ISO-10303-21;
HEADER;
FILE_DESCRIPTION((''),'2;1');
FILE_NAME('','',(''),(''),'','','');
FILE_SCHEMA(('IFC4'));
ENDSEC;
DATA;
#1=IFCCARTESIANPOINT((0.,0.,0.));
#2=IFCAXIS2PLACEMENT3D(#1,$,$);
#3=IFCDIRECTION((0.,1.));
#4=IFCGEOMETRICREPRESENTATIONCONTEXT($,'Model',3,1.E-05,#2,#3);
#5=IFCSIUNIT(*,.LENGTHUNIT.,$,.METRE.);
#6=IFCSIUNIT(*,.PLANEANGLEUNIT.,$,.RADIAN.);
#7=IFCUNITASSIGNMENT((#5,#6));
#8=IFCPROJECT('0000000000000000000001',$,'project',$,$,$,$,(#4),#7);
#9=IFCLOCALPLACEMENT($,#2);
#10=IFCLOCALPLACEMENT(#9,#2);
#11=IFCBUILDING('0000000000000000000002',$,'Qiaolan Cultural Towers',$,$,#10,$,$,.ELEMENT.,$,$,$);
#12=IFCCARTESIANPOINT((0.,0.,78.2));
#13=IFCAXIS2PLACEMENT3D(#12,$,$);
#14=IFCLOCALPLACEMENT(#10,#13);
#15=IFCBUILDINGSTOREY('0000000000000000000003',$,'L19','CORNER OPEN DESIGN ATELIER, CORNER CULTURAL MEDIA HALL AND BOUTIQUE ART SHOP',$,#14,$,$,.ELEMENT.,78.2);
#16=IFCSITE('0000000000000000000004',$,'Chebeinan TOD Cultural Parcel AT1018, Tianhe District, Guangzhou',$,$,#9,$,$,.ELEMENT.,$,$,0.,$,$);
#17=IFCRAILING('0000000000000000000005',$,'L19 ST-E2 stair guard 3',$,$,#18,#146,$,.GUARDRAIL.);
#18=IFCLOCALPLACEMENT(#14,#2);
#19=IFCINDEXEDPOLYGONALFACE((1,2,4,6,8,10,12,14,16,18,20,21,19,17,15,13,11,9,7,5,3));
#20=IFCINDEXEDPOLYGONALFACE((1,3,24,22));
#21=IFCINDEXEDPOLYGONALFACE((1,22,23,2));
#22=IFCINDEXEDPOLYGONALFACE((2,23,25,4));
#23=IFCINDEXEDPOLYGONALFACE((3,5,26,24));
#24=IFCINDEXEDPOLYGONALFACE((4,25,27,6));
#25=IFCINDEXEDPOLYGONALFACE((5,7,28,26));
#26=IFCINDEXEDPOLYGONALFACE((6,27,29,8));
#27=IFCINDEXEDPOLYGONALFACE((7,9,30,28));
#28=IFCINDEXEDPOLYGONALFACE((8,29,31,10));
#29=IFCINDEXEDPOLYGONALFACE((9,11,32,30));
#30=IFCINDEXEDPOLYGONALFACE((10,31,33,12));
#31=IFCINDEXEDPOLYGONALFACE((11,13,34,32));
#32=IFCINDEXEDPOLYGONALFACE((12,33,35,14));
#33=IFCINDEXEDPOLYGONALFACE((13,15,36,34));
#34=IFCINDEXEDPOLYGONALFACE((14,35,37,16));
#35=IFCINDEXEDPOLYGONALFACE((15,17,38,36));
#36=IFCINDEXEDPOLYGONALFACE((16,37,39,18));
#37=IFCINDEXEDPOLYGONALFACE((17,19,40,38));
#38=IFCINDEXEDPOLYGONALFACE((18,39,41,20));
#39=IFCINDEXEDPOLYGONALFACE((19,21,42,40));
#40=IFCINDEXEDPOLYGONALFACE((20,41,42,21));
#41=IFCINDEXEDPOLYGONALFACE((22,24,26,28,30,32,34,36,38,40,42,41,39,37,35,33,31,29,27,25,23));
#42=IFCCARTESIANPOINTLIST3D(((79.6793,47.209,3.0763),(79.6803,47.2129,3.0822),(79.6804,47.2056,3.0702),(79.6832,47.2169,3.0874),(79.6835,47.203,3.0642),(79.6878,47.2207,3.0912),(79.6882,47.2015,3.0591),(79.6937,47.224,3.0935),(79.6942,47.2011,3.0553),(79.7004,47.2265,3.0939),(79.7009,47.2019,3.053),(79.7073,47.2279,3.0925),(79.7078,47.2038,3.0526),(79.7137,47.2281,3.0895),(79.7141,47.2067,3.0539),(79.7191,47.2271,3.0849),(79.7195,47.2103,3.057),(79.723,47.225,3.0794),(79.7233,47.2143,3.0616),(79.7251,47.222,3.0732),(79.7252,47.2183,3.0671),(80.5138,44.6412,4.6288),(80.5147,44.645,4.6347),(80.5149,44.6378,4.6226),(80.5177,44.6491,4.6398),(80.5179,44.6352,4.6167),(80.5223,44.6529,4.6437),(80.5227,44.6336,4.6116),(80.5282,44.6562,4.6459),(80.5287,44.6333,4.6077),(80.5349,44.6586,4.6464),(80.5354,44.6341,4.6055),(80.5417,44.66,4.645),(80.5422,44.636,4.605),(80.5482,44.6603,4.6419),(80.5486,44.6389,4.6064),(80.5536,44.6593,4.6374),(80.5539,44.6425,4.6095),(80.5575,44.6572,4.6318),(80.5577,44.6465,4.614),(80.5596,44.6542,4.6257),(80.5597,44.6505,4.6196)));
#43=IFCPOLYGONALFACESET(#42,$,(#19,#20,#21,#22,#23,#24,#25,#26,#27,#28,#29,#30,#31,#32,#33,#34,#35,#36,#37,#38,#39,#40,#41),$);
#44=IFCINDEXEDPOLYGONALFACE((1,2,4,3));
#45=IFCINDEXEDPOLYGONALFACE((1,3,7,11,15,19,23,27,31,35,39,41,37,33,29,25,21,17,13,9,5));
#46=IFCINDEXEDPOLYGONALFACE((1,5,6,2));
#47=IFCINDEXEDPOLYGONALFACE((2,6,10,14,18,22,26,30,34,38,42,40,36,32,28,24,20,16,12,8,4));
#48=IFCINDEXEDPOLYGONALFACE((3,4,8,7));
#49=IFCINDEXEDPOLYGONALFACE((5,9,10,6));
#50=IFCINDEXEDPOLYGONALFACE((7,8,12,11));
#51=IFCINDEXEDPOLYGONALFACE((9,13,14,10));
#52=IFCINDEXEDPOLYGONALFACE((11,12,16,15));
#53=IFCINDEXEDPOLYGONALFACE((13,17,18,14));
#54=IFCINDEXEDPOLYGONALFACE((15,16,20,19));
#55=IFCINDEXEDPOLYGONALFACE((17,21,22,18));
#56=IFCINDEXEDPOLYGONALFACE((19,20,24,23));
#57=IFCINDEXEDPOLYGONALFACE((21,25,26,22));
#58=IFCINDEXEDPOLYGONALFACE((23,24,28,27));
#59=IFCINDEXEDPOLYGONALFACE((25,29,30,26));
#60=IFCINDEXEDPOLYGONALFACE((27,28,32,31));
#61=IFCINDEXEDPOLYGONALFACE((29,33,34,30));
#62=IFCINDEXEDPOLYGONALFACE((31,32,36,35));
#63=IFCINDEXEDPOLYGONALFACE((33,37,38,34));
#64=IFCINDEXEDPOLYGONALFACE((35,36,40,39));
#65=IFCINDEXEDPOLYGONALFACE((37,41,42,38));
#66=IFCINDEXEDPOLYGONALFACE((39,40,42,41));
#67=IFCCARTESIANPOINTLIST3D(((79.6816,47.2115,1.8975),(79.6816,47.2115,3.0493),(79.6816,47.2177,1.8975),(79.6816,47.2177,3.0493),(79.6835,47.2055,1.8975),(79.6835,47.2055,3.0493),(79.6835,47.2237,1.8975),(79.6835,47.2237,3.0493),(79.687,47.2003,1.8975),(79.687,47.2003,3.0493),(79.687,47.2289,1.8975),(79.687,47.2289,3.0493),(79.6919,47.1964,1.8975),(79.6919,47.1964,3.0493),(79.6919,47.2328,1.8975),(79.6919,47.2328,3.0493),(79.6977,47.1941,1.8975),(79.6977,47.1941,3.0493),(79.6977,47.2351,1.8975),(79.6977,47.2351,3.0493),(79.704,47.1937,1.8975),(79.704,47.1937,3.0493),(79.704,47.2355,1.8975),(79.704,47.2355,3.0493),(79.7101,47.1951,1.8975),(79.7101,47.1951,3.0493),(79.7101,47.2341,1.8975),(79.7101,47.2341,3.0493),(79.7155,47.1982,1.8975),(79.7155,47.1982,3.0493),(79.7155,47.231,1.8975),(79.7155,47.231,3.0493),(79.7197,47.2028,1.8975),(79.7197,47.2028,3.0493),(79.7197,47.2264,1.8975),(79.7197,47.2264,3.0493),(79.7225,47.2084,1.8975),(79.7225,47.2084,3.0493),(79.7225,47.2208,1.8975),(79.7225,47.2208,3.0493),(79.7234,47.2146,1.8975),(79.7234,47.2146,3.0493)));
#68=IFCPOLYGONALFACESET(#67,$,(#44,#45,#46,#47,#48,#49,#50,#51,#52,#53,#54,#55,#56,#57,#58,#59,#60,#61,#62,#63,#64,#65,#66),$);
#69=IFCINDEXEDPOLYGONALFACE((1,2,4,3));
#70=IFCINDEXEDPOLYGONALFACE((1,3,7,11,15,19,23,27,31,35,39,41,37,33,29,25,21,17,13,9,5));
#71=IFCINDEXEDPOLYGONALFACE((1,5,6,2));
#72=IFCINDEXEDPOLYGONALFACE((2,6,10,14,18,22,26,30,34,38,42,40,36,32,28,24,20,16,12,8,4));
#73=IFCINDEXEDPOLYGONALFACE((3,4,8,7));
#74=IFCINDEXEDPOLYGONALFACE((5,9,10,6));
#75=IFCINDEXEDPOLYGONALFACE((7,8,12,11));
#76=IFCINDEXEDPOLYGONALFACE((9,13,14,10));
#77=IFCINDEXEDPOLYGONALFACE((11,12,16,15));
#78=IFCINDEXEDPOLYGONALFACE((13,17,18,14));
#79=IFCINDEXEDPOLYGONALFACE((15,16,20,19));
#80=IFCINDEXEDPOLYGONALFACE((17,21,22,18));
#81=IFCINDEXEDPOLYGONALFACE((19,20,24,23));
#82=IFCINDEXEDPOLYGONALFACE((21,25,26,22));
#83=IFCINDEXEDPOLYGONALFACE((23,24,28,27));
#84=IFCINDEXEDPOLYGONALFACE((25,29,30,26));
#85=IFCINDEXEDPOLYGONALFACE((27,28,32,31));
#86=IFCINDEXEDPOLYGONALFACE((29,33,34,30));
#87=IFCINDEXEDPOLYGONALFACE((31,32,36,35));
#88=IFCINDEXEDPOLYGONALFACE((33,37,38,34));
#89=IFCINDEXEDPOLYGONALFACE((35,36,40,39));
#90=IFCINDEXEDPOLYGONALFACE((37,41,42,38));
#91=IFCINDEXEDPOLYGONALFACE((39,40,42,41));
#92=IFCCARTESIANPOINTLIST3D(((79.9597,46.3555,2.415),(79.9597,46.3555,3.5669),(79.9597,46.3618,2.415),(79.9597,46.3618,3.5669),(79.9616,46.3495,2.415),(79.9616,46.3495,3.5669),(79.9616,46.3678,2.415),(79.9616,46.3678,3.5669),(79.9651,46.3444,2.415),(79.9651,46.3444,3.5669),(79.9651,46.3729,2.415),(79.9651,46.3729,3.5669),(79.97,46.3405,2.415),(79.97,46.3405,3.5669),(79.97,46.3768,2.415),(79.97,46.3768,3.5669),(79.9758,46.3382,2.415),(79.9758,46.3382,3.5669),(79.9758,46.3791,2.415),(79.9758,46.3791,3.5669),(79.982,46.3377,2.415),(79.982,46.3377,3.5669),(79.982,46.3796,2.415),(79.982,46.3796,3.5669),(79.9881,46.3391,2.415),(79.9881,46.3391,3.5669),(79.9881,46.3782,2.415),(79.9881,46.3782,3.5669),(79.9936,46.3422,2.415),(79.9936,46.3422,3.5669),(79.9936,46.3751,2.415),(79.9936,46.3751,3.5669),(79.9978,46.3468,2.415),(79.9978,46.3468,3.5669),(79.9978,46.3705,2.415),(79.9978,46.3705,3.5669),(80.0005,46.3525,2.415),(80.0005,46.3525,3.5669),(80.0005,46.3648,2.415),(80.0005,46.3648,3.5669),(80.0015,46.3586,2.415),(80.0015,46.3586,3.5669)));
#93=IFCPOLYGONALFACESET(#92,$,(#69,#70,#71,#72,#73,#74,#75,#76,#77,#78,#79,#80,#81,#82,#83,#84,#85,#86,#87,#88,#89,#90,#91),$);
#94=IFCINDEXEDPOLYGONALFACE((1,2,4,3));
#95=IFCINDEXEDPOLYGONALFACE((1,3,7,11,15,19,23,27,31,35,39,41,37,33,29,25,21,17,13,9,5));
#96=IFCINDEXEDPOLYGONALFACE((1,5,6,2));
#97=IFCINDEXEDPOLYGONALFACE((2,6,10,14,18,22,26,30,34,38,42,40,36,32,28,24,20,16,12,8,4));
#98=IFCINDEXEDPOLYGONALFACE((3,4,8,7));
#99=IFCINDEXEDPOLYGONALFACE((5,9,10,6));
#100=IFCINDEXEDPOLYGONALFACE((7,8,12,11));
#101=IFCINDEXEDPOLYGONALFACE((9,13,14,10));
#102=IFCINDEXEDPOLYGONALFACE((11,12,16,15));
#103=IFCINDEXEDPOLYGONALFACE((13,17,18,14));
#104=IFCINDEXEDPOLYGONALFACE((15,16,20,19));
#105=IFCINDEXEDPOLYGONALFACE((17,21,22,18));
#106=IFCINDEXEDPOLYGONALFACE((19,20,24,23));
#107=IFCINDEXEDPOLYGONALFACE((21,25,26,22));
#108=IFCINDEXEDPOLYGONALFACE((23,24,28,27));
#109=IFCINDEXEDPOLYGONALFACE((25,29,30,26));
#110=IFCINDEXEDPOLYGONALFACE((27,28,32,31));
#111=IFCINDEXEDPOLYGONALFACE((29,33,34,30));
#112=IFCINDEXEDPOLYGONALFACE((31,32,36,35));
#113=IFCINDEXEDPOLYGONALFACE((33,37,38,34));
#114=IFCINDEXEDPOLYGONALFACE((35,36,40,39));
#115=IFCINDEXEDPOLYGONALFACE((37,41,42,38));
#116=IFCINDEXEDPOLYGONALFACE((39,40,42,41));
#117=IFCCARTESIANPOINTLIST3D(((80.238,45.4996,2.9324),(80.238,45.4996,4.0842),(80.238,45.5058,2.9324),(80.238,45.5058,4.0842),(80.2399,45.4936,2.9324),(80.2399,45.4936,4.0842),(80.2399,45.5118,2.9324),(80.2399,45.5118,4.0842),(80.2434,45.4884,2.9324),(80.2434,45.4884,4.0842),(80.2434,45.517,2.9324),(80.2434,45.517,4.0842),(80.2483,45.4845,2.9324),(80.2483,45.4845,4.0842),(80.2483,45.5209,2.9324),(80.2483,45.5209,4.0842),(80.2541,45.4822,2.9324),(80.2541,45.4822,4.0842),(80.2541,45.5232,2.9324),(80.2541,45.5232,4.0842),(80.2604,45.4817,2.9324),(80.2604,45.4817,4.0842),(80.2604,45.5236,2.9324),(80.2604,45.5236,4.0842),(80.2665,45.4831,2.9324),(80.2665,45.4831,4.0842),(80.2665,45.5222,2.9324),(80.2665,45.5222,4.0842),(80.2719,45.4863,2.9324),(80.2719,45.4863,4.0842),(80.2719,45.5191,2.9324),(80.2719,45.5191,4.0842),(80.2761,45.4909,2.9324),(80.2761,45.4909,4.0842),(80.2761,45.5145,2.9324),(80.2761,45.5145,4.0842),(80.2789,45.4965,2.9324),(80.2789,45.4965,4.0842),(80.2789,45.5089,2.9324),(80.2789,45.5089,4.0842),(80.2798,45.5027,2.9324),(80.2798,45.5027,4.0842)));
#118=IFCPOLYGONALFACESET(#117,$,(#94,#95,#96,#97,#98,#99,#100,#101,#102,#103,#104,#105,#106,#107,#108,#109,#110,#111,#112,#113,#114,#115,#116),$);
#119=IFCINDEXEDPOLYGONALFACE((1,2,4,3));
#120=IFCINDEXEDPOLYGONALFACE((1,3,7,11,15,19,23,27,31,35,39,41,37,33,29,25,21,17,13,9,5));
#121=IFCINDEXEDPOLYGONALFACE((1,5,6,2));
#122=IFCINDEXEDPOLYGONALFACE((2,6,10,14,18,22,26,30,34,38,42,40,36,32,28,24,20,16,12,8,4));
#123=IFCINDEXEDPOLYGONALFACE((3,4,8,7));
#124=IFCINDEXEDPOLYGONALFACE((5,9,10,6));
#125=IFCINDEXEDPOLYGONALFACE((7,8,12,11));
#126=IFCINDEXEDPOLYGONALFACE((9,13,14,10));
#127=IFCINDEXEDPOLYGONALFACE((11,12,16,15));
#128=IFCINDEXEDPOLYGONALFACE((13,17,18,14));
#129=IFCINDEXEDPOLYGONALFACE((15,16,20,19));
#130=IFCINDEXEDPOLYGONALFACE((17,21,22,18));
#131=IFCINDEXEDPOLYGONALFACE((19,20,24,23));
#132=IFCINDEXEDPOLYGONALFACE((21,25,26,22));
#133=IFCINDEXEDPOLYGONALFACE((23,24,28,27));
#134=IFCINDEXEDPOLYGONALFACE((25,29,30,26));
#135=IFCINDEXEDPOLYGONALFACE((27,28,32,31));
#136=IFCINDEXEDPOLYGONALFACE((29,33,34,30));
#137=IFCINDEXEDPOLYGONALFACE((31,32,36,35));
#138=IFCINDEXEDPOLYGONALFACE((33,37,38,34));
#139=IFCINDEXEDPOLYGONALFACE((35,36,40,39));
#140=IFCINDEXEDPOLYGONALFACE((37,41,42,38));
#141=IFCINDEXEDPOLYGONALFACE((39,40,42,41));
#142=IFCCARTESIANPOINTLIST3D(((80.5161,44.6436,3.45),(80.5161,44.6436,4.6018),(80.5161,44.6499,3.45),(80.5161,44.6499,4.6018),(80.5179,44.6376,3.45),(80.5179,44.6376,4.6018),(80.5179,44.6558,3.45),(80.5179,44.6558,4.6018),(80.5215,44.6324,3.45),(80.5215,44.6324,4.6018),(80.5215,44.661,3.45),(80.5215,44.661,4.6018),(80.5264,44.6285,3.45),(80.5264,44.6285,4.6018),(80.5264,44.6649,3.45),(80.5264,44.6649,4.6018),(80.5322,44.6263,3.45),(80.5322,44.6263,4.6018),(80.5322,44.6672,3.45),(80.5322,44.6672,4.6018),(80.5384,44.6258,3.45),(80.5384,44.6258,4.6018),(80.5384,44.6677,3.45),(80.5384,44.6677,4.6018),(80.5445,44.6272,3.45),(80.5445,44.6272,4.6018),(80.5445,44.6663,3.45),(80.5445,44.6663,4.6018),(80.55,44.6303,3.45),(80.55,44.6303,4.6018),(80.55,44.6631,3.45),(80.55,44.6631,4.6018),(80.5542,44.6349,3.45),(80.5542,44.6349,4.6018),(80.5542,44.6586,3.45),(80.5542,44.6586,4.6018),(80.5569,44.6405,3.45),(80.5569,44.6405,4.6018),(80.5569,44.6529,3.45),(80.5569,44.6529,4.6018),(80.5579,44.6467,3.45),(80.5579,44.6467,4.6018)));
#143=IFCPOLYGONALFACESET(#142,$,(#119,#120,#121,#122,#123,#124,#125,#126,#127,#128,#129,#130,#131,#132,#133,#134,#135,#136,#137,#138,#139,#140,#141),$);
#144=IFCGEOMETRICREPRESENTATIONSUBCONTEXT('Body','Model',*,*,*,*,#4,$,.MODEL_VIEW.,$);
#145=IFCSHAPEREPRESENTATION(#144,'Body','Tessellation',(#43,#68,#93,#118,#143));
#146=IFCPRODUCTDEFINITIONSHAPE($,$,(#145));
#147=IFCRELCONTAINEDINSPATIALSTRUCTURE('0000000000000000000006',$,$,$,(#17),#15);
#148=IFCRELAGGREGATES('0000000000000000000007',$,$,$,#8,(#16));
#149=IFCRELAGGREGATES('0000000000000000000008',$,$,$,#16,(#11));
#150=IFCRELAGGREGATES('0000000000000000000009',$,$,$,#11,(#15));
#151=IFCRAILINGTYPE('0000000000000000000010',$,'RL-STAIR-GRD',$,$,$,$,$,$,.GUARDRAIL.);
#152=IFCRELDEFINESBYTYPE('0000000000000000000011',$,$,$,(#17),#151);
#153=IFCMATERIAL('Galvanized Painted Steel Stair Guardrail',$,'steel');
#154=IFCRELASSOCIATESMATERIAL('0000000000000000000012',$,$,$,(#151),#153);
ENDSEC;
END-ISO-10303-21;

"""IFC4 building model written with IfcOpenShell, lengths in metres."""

from ifc_helpers import new_model, si_unit, direction, frame, origin, origin_2d, place, context, subcontext, project, spatial, circle, extrude, material, type_object, element, save


model = new_model("IFC4")

# Units and contexts
model_context = context("Model", 3, precision=1e-05, world=origin(), true_north=direction((0.0, 1.0)))
body_context = subcontext(model_context, "Body", "Model", "MODEL_VIEW")
ifc_project = project(units=[si_unit("LENGTHUNIT", "METRE"), si_unit("PLANEANGLEUNIT", "RADIAN")], contexts=[model_context])

# Site, building, storey
site_placement = place(None, origin())
site = spatial("IfcSite", under=ifc_project, at=site_placement, Name="Chebeinan TOD Cultural Parcel AT1018, Tianhe District, Guangzhou", CompositionType="ELEMENT", RefElevation=0.0)
building_placement = place(site_placement, origin())
building = spatial("IfcBuilding", under=site, at=building_placement, Name="Qiaolan Cultural Towers", CompositionType="ELEMENT")
storey_placement = place(building_placement, frame((0.0, 0.0, 78.2)))
storey = spatial("IfcBuildingStorey", under=building, at=storey_placement, Name="L19", Description="CORNER OPEN DESIGN ATELIER, CORNER CULTURAL MEDIA HALL AND BOUTIQUE ART SHOP", CompositionType="ELEMENT", Elevation=78.2)

# Railing
ifc_material_1 = material(Name="Galvanized Painted Steel Stair Guardrail", Category="steel")
railing_type_1 = type_object("IfcRailingType", Name="RL-STAIR-GRD", PredefinedType="GUARDRAIL", material=ifc_material_1)
railing_1_placement = place(storey_placement, frame((79.7024, 47.2146, 1.8975)))
element("IfcRailing", 1, at=railing_1_placement, inside=storey, type_object=railing_type_1, Name="L19 ST-E2 stair guard 3", PredefinedType="GUARDRAIL", context=body_context, shape_type="SweptSolid", body=[
    extrude(circle(Radius=0.0239, at=origin_2d()), frame((0.0, 0.0, 1.1758), z_axis=(0.267926, -0.824471, 0.498461), x_axis=(0.951043, 0.309057, 0.0)), (0.0, 0.0, 1.0), 3.1145),
    extrude(circle(Radius=0.021, at=origin_2d()), origin(), (0.0, 0.0, 1.0), 1.1519),
    extrude(circle(Radius=0.021, at=origin_2d()), frame((0.2781, -0.856, 0.5176)), (0.0, 0.0, 1.0), 1.1519),
    extrude(circle(Radius=0.021, at=origin_2d()), frame((0.5564, -1.7119, 1.0349)), (0.0, 0.0, 1.0), 1.1519),
    extrude(circle(Radius=0.021, at=origin_2d()), frame((0.8345, -2.5679, 1.5525)), (0.0, 0.0, 1.0), 1.1519),
])

save(model, "model.ifc")
